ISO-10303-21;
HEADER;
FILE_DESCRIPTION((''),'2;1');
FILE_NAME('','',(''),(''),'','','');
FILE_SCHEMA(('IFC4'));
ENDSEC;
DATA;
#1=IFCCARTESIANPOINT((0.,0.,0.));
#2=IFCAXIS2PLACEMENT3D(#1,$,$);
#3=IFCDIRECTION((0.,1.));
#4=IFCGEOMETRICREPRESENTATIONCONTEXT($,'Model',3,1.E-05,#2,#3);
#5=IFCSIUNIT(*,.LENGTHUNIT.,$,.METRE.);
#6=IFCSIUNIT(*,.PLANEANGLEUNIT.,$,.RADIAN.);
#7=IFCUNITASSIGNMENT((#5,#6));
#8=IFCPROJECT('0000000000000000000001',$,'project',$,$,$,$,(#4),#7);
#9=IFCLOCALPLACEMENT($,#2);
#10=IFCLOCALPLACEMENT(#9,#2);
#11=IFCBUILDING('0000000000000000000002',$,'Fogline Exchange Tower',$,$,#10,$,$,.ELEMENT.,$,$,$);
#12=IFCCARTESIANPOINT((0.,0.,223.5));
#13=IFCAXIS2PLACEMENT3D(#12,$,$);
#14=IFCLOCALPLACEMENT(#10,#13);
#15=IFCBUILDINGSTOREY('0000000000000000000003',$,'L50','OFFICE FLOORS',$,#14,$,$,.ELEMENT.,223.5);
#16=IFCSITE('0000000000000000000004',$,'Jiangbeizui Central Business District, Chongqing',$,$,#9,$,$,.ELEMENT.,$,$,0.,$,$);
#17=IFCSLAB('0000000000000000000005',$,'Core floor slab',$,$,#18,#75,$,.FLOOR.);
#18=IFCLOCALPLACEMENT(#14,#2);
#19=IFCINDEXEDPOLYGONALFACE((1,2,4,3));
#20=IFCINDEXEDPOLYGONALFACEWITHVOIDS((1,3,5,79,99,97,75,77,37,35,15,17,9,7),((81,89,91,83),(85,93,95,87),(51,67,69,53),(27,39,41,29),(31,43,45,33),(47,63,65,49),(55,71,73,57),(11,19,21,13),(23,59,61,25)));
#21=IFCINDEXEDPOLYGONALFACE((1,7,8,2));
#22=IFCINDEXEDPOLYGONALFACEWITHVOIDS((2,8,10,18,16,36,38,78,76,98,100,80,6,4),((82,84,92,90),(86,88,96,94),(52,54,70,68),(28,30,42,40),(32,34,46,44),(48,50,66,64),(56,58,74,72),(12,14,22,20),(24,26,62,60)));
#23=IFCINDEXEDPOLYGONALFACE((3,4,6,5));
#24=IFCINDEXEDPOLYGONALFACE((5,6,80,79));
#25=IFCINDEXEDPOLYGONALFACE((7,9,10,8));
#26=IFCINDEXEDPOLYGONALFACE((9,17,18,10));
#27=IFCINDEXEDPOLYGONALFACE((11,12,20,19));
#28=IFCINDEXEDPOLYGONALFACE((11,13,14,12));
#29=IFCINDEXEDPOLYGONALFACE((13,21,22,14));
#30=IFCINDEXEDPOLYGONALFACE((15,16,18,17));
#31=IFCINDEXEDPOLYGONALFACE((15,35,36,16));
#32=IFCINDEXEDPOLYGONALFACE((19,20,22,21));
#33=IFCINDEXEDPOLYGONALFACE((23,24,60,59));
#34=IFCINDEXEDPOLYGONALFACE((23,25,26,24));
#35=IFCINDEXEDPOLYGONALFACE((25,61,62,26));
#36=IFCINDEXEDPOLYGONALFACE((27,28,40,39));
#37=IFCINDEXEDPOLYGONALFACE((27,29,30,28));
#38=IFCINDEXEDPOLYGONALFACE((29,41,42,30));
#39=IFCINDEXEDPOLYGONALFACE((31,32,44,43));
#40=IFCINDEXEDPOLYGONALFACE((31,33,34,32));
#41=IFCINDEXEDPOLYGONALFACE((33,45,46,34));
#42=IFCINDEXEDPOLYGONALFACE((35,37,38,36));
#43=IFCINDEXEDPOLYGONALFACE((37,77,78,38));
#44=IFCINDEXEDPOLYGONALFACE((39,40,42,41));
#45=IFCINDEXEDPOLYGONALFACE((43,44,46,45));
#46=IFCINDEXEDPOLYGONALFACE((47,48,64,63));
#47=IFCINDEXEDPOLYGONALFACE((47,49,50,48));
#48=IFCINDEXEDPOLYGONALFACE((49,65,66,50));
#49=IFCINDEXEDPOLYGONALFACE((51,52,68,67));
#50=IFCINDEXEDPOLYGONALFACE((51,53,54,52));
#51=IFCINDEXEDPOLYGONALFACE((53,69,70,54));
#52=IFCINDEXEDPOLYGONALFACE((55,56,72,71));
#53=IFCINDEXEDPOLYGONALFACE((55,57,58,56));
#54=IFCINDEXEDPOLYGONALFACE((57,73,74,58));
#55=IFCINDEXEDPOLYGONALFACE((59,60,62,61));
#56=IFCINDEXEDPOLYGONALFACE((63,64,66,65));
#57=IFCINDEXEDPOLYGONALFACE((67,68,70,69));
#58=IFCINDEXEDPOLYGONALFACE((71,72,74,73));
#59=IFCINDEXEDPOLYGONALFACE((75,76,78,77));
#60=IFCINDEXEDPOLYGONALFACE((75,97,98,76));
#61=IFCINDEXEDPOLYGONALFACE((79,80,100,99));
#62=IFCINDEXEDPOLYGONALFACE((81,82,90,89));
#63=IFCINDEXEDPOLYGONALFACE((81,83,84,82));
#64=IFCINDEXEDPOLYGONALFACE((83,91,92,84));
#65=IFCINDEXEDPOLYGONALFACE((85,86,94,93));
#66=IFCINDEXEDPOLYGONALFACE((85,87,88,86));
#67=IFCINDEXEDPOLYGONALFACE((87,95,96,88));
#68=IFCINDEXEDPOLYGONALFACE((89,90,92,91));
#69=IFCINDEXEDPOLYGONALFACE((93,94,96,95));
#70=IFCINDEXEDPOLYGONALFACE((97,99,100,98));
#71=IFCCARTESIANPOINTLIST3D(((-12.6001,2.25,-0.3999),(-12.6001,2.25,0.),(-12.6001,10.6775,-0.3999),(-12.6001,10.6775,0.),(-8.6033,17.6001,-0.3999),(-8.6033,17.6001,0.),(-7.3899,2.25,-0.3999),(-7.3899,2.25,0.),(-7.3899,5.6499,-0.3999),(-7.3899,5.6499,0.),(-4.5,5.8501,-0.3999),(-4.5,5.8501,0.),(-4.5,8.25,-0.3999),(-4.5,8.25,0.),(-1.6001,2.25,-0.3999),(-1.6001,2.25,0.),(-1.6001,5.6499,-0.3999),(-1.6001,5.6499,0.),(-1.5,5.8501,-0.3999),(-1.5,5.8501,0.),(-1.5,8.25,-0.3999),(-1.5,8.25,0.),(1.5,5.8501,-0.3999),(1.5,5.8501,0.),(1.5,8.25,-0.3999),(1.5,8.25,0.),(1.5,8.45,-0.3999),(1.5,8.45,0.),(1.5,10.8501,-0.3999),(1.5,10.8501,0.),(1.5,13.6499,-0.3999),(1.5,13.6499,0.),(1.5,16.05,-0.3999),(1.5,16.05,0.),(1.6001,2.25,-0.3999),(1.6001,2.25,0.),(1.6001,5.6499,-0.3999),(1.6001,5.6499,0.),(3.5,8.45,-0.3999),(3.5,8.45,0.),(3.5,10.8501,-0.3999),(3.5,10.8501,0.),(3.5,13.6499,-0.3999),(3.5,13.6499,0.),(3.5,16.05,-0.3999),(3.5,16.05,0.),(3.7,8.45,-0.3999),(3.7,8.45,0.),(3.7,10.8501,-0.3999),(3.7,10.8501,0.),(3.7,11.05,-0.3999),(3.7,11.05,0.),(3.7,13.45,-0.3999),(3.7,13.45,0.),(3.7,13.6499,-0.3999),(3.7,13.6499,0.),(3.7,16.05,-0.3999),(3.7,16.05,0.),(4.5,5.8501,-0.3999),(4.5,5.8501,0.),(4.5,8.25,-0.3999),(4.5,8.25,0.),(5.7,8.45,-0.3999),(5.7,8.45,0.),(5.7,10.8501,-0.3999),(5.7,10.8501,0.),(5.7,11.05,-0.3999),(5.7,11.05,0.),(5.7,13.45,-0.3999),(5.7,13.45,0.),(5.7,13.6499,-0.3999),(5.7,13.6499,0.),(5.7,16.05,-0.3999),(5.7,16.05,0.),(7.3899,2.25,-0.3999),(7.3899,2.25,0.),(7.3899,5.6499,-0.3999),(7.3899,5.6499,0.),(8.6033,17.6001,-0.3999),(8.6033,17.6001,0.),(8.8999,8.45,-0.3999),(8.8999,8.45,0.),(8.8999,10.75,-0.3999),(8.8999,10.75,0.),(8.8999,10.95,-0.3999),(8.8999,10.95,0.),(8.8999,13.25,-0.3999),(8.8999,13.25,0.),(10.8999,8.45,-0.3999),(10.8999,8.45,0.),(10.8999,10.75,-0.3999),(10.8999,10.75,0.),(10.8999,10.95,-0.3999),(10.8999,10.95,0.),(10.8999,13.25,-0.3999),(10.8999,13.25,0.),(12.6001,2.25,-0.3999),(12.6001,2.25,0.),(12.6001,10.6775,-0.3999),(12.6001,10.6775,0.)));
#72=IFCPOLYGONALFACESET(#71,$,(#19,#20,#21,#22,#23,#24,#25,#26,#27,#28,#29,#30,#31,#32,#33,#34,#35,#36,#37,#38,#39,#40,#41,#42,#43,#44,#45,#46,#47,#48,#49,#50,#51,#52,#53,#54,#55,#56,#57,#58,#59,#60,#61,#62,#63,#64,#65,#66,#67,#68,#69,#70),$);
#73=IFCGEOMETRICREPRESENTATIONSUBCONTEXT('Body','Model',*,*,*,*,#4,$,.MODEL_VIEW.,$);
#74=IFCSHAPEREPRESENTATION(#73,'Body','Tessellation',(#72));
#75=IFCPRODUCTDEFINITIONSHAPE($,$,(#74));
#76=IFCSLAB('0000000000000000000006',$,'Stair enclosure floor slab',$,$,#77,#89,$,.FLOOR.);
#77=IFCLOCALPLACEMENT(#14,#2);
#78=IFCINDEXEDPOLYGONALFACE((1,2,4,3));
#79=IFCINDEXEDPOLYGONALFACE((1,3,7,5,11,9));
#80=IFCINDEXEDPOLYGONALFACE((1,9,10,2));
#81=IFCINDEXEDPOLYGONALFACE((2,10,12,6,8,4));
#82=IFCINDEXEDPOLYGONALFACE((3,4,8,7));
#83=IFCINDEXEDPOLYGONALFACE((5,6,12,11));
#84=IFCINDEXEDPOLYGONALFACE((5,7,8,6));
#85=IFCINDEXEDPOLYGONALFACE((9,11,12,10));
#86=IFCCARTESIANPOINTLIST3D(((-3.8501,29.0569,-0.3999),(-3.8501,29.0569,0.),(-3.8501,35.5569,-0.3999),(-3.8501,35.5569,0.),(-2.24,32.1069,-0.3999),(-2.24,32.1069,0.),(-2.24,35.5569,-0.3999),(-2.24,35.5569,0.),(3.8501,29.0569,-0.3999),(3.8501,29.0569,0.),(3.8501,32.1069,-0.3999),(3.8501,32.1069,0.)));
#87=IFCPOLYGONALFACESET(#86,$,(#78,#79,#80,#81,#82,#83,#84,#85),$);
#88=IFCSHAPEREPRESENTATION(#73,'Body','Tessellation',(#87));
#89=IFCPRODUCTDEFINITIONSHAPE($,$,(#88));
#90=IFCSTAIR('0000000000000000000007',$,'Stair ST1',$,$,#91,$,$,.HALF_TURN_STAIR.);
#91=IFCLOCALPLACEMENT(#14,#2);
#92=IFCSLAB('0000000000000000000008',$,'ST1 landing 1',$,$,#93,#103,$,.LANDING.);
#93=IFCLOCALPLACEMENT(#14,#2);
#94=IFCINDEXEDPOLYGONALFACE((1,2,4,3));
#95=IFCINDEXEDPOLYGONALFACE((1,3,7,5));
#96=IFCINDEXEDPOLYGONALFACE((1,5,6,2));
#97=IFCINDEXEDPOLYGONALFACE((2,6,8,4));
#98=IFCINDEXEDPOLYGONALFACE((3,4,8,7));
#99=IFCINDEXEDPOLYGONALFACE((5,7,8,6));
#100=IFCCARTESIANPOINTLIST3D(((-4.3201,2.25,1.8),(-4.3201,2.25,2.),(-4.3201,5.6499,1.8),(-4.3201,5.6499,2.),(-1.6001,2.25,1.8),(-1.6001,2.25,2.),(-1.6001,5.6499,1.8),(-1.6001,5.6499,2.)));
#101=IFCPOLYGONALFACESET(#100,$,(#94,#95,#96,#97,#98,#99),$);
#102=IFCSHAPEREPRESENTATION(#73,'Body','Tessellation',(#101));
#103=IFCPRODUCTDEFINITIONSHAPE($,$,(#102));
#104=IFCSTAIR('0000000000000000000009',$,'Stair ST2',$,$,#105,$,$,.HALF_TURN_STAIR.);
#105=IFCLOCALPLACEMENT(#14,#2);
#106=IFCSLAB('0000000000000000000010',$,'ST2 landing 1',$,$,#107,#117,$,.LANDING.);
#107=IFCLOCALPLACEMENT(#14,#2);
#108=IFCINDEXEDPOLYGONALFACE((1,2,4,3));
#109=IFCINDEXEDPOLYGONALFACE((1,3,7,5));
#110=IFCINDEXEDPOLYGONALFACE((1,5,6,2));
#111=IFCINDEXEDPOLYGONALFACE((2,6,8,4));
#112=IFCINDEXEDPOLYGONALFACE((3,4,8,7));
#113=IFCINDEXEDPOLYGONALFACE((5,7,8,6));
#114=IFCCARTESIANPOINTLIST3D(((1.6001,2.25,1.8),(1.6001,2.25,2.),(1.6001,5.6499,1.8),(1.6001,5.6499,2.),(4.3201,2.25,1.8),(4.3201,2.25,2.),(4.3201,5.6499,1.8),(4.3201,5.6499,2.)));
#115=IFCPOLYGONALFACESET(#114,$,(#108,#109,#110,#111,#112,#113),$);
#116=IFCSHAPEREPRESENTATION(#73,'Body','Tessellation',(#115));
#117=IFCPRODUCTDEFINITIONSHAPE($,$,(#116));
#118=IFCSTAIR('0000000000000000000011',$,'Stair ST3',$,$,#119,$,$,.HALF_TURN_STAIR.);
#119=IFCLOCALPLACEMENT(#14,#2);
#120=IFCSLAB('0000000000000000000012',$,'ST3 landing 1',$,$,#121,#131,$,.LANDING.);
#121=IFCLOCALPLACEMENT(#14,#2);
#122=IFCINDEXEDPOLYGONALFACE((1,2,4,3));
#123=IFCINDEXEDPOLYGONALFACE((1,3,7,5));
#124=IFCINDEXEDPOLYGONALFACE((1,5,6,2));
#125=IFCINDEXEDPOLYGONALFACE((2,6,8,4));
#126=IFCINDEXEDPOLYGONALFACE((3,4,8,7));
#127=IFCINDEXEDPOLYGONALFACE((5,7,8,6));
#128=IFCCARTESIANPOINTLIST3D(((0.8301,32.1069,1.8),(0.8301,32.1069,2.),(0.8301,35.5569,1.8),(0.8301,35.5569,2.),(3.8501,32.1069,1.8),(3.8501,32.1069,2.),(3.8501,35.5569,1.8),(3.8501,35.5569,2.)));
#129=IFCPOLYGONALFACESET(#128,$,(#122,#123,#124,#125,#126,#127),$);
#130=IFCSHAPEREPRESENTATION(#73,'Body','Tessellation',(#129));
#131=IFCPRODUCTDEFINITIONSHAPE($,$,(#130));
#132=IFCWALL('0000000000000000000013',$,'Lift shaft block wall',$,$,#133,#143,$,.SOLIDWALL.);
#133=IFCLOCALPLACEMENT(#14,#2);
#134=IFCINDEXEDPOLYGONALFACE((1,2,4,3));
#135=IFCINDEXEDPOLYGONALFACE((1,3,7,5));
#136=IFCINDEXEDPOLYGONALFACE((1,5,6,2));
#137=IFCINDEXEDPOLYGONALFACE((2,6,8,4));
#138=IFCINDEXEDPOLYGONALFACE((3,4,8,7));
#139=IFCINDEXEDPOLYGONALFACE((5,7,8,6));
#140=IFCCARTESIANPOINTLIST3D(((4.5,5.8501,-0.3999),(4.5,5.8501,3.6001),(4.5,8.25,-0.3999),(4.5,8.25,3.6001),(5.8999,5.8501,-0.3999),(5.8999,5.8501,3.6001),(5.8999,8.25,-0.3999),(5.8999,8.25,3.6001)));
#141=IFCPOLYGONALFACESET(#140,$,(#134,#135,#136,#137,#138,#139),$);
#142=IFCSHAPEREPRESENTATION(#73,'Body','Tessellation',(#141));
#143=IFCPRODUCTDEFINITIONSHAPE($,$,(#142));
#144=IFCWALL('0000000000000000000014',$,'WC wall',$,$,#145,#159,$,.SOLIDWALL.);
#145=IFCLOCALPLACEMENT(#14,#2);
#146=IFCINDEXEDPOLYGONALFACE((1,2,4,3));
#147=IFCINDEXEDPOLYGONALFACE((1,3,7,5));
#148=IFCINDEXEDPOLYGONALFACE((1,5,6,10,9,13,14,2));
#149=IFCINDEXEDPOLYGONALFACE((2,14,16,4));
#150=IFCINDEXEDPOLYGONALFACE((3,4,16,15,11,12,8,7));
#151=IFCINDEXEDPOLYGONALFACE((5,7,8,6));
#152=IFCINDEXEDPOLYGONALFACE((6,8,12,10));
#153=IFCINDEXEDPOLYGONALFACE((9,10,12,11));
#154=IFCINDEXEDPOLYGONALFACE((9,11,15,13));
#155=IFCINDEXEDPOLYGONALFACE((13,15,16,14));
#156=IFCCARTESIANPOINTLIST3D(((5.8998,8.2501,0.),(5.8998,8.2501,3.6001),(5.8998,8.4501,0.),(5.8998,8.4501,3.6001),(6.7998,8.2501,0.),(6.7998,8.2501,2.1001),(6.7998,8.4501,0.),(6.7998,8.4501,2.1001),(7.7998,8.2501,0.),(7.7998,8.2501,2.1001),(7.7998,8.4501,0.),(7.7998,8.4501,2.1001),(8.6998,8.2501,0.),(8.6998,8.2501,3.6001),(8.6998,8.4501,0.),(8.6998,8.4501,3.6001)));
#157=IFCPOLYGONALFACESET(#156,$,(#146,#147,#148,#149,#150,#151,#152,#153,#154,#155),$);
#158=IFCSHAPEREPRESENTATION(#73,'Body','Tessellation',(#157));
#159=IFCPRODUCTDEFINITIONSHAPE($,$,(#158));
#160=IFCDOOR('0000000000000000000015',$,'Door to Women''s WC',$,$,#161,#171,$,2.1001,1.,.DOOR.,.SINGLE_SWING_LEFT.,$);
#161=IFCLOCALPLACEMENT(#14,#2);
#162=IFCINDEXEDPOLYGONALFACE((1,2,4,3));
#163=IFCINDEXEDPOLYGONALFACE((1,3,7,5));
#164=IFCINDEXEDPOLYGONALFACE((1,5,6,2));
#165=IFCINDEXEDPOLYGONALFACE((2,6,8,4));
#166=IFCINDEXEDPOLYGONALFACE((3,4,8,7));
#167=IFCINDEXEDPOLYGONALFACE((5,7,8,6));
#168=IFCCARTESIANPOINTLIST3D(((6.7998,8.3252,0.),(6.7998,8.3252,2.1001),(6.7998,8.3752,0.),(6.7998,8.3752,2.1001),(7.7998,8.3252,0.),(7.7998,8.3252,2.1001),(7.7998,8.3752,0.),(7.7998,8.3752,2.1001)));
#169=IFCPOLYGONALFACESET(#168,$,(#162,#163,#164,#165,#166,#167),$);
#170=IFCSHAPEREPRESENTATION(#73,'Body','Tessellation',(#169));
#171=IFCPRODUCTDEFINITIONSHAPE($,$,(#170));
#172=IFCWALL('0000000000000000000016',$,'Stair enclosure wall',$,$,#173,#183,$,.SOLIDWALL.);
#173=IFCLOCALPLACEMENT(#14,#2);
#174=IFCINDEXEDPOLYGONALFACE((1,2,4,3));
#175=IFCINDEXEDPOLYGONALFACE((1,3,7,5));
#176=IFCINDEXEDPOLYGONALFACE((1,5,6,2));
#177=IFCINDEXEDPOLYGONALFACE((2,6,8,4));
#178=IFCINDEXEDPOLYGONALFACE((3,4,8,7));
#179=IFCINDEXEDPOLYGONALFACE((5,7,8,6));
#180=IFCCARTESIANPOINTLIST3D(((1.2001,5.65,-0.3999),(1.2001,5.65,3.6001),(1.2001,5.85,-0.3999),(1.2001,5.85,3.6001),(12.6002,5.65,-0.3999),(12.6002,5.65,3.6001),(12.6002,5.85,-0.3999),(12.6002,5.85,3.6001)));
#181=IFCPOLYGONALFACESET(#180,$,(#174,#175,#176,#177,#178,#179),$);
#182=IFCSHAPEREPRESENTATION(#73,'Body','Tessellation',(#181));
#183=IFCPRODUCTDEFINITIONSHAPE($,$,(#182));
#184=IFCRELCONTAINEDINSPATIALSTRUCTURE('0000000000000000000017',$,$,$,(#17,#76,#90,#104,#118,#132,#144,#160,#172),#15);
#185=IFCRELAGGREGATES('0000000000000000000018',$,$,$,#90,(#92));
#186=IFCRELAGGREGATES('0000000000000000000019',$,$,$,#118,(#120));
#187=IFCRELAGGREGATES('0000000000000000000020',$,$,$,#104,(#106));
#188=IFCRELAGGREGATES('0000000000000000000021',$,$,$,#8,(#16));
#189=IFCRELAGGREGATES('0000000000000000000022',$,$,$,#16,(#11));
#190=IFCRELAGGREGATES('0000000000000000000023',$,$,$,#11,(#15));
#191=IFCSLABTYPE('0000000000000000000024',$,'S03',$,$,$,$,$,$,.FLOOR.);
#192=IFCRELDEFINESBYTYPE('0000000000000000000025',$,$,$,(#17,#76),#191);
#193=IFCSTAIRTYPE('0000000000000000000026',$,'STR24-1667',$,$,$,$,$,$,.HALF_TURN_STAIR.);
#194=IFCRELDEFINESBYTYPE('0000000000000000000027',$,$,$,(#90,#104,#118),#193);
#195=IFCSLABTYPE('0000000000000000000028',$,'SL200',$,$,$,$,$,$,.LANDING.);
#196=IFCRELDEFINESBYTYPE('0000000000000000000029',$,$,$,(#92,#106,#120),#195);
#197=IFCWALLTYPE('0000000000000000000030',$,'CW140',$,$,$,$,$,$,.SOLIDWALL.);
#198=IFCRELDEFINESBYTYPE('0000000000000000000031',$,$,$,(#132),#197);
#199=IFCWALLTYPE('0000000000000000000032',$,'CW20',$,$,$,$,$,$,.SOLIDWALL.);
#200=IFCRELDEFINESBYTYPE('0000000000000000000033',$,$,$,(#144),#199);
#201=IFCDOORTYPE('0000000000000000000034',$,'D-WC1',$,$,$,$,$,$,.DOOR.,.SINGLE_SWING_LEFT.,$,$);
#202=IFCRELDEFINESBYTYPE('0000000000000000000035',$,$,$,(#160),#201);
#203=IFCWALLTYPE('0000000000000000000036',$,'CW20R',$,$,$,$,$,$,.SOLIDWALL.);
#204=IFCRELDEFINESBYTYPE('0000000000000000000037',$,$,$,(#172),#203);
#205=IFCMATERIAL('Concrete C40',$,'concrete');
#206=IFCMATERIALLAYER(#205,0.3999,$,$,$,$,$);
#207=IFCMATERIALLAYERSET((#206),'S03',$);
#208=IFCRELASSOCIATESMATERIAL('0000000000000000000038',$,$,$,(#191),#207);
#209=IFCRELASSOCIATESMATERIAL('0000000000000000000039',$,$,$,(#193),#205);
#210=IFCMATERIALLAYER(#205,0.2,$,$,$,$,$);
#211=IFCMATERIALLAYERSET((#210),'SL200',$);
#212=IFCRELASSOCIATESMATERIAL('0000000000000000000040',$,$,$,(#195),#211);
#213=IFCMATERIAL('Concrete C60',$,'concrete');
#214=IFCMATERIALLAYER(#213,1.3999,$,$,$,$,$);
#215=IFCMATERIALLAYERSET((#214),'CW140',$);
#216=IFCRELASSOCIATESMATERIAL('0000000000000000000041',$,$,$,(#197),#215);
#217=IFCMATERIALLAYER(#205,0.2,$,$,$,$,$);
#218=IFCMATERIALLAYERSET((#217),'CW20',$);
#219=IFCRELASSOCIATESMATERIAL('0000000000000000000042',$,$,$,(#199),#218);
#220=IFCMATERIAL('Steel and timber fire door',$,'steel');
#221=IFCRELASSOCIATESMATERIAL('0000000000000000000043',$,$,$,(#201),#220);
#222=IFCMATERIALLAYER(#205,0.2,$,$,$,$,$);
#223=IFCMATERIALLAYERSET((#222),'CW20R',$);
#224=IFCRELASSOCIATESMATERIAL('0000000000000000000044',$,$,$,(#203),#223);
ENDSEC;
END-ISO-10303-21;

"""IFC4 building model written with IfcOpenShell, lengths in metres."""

from ifc_helpers import new_model, si_unit, direction, frame, frame_2d, origin, place, context, subcontext, project, spatial, polyline, rectangle, outline, extrude, material, layer, layer_set, type_object, element, fill, aggregate, save


model = new_model("IFC4")

# Units and contexts
model_context = context("Model", 3, precision=1e-05, world=origin(), true_north=direction((0.0, 1.0)))
body_context = subcontext(model_context, "Body", "Model", "MODEL_VIEW")
ifc_project = project(units=[si_unit("LENGTHUNIT", "METRE"), si_unit("PLANEANGLEUNIT", "RADIAN")], contexts=[model_context])

# Site, building, storey
site_placement = place(None, origin())
site = spatial("IfcSite", under=ifc_project, at=site_placement, Name="Jiangbeizui Central Business District, Chongqing", CompositionType="ELEMENT", RefElevation=0.0)
building_placement = place(site_placement, origin())
building = spatial("IfcBuilding", under=site, at=building_placement, Name="Fogline Exchange Tower", CompositionType="ELEMENT")
storey_placement = place(building_placement, frame((0.0, 0.0, 223.5)))
storey = spatial("IfcBuildingStorey", under=building, at=storey_placement, Name="L50", Description="OFFICE FLOORS", CompositionType="ELEMENT", Elevation=223.5)

# Slabs
ifc_material_1 = material(Name="Concrete C40", Category="concrete")
ifc_layer_1 = layer(ifc_material_1, 0.3999)
ifc_layer_set_1 = layer_set([ifc_layer_1], Name="S03")
slab_type_1 = type_object("IfcSlabType", Name="S03", PredefinedType="FLOOR", material=ifc_layer_set_1)
slab_1_placement = place(storey_placement, frame((0.0, 0.0, -0.3999)))
element("IfcSlab", 1, at=slab_1_placement, inside=storey, type_object=slab_type_1, Name="Core floor slab", PredefinedType="FLOOR", context=body_context, shape_type="SweptSolid", body=[
    extrude(outline(polyline([(-12.6001, 2.25), (-12.6001, 10.6775), (-8.6033, 17.6001), (8.6033, 17.6001), (12.6001, 10.6775), (12.6001, 2.25), (7.3899, 2.25), (7.3899, 5.6499), (1.6001, 5.6499), (1.6001, 2.25), (-1.6001, 2.25), (-1.6001, 5.6499), (-7.3899, 5.6499), (-7.3899, 2.25), (-12.6001, 2.25)]), holes=[polyline([(-4.5, 8.25), (-4.5, 5.8501), (-1.5, 5.8501), (-1.5, 8.25), (-4.5, 8.25)]), polyline([(4.5, 8.25), (1.5, 8.25), (1.5, 5.8501), (4.5, 5.8501), (4.5, 8.25)]), polyline([(3.5, 10.8501), (1.5, 10.8501), (1.5, 8.45), (3.5, 8.45), (3.5, 10.8501)]), polyline([(1.5, 16.05), (1.5, 13.6499), (3.5, 13.6499), (3.5, 16.05), (1.5, 16.05)]), polyline([(10.8999, 10.75), (8.8999, 10.75), (8.8999, 8.45), (10.8999, 8.45), (10.8999, 10.75)]), polyline([(5.7, 10.8501), (3.7, 10.8501), (3.7, 8.45), (5.7, 8.45), (5.7, 10.8501)]), polyline([(8.8999, 13.25), (8.8999, 10.95), (10.8999, 10.95), (10.8999, 13.25), (8.8999, 13.25)]), polyline([(5.7, 13.45), (3.7, 13.45), (3.7, 11.05), (5.7, 11.05), (5.7, 13.45)]), polyline([(5.7, 16.05), (3.7, 16.05), (3.7, 13.6499), (5.7, 13.6499), (5.7, 16.05)])]), origin(), (0.0, 0.0, 1.0), 0.3999),
])
slab_2_placement = place(storey_placement, frame((0.0, 0.0, -0.3999)))
element("IfcSlab", 2, at=slab_2_placement, inside=storey, type_object=slab_type_1, Name="Stair enclosure floor slab", PredefinedType="FLOOR", context=body_context, shape_type="SweptSolid", body=[
    extrude(outline(polyline([(3.8501, 29.0569), (-3.8501, 29.0569), (-3.8501, 35.5569), (-2.24, 35.5569), (-2.24, 32.1069), (3.8501, 32.1069), (3.8501, 29.0569)])), origin(), (0.0, 0.0, 1.0), 0.3999),
])

# Stairs, slabs
stair_type = type_object("IfcStairType", Name="STR24-1667", PredefinedType="HALF_TURN_STAIR", material=ifc_material_1)
stair_1_placement = place(storey_placement, origin())
stair_1 = element("IfcStair", 3, at=stair_1_placement, inside=storey, type_object=stair_type, Name="Stair ST1", PredefinedType="HALF_TURN_STAIR")
ifc_layer_2 = layer(ifc_material_1, 0.2)
ifc_layer_set_2 = layer_set([ifc_layer_2], Name="SL200")
slab_type_2 = type_object("IfcSlabType", Name="SL200", PredefinedType="LANDING", material=ifc_layer_set_2)
slab_3_placement = place(storey_placement, frame((0.0, 0.0, 1.8)))
slab_3 = element("IfcSlab", 4, at=slab_3_placement, type_object=slab_type_2, Name="ST1 landing 1", PredefinedType="LANDING", context=body_context, shape_type="SweptSolid", body=[
    extrude(outline(polyline([(-4.3201, 2.25), (-1.6001, 2.25), (-1.6001, 5.6499), (-4.3201, 5.6499), (-4.3201, 2.25)])), origin(), (0.0, 0.0, 1.0), 0.2),
])
aggregate(stair_1, [slab_3])
stair_2_placement = place(storey_placement, origin())
stair_2 = element("IfcStair", 5, at=stair_2_placement, inside=storey, type_object=stair_type, Name="Stair ST2", PredefinedType="HALF_TURN_STAIR")
slab_4_placement = place(storey_placement, frame((0.0, 0.0, 1.8)))
slab_4 = element("IfcSlab", 6, at=slab_4_placement, type_object=slab_type_2, Name="ST2 landing 1", PredefinedType="LANDING", context=body_context, shape_type="SweptSolid", body=[
    extrude(outline(polyline([(1.6001, 2.25), (4.3201, 2.25), (4.3201, 5.6499), (1.6001, 5.6499), (1.6001, 2.25)])), origin(), (0.0, 0.0, 1.0), 0.2),
])
stair_3_placement = place(storey_placement, origin())
stair_3 = element("IfcStair", 7, at=stair_3_placement, inside=storey, type_object=stair_type, Name="Stair ST3", PredefinedType="HALF_TURN_STAIR")
slab_5_placement = place(storey_placement, frame((0.0, 0.0, 1.8)))
slab_5 = element("IfcSlab", 8, at=slab_5_placement, type_object=slab_type_2, Name="ST3 landing 1", PredefinedType="LANDING", context=body_context, shape_type="SweptSolid", body=[
    extrude(outline(polyline([(0.8301, 32.1069), (3.8501, 32.1069), (3.8501, 35.5569), (0.8301, 35.5569), (0.8301, 32.1069)])), origin(), (0.0, 0.0, 1.0), 0.2),
])
aggregate(stair_3, [slab_5])

# Wall
ifc_material_2 = material(Name="Concrete C60", Category="concrete")
ifc_layer_3 = layer(ifc_material_2, 1.3999)
ifc_layer_set_3 = layer_set([ifc_layer_3], Name="CW140")
wall_type_1 = type_object("IfcWallType", Name="CW140", PredefinedType="SOLIDWALL", material=ifc_layer_set_3)
wall_1_placement = place(storey_placement, frame((5.2, 5.8501, -0.3999), z_axis=(0.0, 0.0, 1.0), x_axis=(0.0, 1.0, 0.0)))
element("IfcWall", 9, at=wall_1_placement, inside=storey, type_object=wall_type_1, Name="Lift shaft block wall", PredefinedType="SOLIDWALL", context=body_context, shape_type="SweptSolid", body=[
    extrude(rectangle(XDim=2.3999, YDim=1.3999, at=frame_2d((1.2, 0.0))), origin(), (0.0, 0.0, 1.0), 4.0),
])

# Wall, opening, door
ifc_layer_4 = layer(ifc_material_1, 0.2)
ifc_layer_set_4 = layer_set([ifc_layer_4], Name="CW20")
wall_type_2 = type_object("IfcWallType", Name="CW20", PredefinedType="SOLIDWALL", material=ifc_layer_set_4)
wall_2_placement = place(storey_placement, frame((5.8999, 8.3501, 0.0), z_axis=(0.0, 0.0, 1.0), x_axis=(1.0, 0.0, 0.0)))
wall_2 = element("IfcWall", 10, at=wall_2_placement, inside=storey, type_object=wall_type_2, Name="WC wall", PredefinedType="SOLIDWALL", context=body_context, shape_type="SweptSolid", body=[
    extrude(rectangle(XDim=2.8, YDim=0.2, at=frame_2d((1.3999, 0.0))), origin(), (0.0, 0.0, 1.0), 3.6001),
])
opening_1_placement = place(wall_2_placement, frame((0.8999, 0.0, 0.0)))
opening_1 = element("IfcOpeningElement", 11, at=opening_1_placement, cuts=wall_2, PredefinedType="OPENING", context=body_context, shape_type="SweptSolid", body=[
    extrude(rectangle(XDim=1.0, YDim=2.1001, at=frame_2d((0.5, 1.05))), frame((0.0, 0.1099, 0.0), z_axis=(0.0, -1.0, 0.0), x_axis=(1.0, 0.0, 0.0)), (0.0, 0.0, 1.0), 0.22),
])
ifc_material_3 = material(Name="Steel and timber fire door", Category="steel")
door_type_1 = type_object("IfcDoorType", Name="D-WC1", OperationType="SINGLE_SWING_LEFT", PredefinedType="DOOR", material=ifc_material_3)
door_1_placement = place(opening_1_placement, frame((1.0, 0.0, 0.0), z_axis=(0.0, 0.0, 1.0), x_axis=(-1.0, 0.0, 0.0)))
door_1 = element("IfcDoor", 12, at=door_1_placement, inside=storey, type_object=door_type_1, Name="Door to Women's WC", OperationType="SINGLE_SWING_LEFT", OverallHeight=2.1001, OverallWidth=1.0, PredefinedType="DOOR", context=body_context, shape_type="SweptSolid", body=[
    extrude(rectangle(XDim=1.0, YDim=2.1001, at=frame_2d((0.5, 1.05))), frame((0.0, 0.0249, 0.0), z_axis=(0.0, -1.0, 0.0), x_axis=(1.0, 0.0, 0.0)), (0.0, 0.0, 1.0), 0.05),
])
fill(opening_1, door_1)

# Wall
ifc_layer_5 = layer(ifc_material_1, 0.2)
ifc_layer_set_5 = layer_set([ifc_layer_5], Name="CW20R")
wall_type_3 = type_object("IfcWallType", Name="CW20R", PredefinedType="SOLIDWALL", material=ifc_layer_set_5)
wall_3_placement = place(storey_placement, frame((1.2, 5.75, -0.3999), z_axis=(0.0, 0.0, 1.0), x_axis=(1.0, 0.0, 0.0)))
element("IfcWall", 13, at=wall_3_placement, inside=storey, type_object=wall_type_3, Name="Stair enclosure wall", PredefinedType="SOLIDWALL", context=body_context, shape_type="SweptSolid", body=[
    extrude(rectangle(XDim=11.4001, YDim=0.2, at=frame_2d((5.7002, 0.0))), origin(), (0.0, 0.0, 1.0), 4.0),
])

aggregate(stair_2, [slab_4])

save(model, "model.ifc")
